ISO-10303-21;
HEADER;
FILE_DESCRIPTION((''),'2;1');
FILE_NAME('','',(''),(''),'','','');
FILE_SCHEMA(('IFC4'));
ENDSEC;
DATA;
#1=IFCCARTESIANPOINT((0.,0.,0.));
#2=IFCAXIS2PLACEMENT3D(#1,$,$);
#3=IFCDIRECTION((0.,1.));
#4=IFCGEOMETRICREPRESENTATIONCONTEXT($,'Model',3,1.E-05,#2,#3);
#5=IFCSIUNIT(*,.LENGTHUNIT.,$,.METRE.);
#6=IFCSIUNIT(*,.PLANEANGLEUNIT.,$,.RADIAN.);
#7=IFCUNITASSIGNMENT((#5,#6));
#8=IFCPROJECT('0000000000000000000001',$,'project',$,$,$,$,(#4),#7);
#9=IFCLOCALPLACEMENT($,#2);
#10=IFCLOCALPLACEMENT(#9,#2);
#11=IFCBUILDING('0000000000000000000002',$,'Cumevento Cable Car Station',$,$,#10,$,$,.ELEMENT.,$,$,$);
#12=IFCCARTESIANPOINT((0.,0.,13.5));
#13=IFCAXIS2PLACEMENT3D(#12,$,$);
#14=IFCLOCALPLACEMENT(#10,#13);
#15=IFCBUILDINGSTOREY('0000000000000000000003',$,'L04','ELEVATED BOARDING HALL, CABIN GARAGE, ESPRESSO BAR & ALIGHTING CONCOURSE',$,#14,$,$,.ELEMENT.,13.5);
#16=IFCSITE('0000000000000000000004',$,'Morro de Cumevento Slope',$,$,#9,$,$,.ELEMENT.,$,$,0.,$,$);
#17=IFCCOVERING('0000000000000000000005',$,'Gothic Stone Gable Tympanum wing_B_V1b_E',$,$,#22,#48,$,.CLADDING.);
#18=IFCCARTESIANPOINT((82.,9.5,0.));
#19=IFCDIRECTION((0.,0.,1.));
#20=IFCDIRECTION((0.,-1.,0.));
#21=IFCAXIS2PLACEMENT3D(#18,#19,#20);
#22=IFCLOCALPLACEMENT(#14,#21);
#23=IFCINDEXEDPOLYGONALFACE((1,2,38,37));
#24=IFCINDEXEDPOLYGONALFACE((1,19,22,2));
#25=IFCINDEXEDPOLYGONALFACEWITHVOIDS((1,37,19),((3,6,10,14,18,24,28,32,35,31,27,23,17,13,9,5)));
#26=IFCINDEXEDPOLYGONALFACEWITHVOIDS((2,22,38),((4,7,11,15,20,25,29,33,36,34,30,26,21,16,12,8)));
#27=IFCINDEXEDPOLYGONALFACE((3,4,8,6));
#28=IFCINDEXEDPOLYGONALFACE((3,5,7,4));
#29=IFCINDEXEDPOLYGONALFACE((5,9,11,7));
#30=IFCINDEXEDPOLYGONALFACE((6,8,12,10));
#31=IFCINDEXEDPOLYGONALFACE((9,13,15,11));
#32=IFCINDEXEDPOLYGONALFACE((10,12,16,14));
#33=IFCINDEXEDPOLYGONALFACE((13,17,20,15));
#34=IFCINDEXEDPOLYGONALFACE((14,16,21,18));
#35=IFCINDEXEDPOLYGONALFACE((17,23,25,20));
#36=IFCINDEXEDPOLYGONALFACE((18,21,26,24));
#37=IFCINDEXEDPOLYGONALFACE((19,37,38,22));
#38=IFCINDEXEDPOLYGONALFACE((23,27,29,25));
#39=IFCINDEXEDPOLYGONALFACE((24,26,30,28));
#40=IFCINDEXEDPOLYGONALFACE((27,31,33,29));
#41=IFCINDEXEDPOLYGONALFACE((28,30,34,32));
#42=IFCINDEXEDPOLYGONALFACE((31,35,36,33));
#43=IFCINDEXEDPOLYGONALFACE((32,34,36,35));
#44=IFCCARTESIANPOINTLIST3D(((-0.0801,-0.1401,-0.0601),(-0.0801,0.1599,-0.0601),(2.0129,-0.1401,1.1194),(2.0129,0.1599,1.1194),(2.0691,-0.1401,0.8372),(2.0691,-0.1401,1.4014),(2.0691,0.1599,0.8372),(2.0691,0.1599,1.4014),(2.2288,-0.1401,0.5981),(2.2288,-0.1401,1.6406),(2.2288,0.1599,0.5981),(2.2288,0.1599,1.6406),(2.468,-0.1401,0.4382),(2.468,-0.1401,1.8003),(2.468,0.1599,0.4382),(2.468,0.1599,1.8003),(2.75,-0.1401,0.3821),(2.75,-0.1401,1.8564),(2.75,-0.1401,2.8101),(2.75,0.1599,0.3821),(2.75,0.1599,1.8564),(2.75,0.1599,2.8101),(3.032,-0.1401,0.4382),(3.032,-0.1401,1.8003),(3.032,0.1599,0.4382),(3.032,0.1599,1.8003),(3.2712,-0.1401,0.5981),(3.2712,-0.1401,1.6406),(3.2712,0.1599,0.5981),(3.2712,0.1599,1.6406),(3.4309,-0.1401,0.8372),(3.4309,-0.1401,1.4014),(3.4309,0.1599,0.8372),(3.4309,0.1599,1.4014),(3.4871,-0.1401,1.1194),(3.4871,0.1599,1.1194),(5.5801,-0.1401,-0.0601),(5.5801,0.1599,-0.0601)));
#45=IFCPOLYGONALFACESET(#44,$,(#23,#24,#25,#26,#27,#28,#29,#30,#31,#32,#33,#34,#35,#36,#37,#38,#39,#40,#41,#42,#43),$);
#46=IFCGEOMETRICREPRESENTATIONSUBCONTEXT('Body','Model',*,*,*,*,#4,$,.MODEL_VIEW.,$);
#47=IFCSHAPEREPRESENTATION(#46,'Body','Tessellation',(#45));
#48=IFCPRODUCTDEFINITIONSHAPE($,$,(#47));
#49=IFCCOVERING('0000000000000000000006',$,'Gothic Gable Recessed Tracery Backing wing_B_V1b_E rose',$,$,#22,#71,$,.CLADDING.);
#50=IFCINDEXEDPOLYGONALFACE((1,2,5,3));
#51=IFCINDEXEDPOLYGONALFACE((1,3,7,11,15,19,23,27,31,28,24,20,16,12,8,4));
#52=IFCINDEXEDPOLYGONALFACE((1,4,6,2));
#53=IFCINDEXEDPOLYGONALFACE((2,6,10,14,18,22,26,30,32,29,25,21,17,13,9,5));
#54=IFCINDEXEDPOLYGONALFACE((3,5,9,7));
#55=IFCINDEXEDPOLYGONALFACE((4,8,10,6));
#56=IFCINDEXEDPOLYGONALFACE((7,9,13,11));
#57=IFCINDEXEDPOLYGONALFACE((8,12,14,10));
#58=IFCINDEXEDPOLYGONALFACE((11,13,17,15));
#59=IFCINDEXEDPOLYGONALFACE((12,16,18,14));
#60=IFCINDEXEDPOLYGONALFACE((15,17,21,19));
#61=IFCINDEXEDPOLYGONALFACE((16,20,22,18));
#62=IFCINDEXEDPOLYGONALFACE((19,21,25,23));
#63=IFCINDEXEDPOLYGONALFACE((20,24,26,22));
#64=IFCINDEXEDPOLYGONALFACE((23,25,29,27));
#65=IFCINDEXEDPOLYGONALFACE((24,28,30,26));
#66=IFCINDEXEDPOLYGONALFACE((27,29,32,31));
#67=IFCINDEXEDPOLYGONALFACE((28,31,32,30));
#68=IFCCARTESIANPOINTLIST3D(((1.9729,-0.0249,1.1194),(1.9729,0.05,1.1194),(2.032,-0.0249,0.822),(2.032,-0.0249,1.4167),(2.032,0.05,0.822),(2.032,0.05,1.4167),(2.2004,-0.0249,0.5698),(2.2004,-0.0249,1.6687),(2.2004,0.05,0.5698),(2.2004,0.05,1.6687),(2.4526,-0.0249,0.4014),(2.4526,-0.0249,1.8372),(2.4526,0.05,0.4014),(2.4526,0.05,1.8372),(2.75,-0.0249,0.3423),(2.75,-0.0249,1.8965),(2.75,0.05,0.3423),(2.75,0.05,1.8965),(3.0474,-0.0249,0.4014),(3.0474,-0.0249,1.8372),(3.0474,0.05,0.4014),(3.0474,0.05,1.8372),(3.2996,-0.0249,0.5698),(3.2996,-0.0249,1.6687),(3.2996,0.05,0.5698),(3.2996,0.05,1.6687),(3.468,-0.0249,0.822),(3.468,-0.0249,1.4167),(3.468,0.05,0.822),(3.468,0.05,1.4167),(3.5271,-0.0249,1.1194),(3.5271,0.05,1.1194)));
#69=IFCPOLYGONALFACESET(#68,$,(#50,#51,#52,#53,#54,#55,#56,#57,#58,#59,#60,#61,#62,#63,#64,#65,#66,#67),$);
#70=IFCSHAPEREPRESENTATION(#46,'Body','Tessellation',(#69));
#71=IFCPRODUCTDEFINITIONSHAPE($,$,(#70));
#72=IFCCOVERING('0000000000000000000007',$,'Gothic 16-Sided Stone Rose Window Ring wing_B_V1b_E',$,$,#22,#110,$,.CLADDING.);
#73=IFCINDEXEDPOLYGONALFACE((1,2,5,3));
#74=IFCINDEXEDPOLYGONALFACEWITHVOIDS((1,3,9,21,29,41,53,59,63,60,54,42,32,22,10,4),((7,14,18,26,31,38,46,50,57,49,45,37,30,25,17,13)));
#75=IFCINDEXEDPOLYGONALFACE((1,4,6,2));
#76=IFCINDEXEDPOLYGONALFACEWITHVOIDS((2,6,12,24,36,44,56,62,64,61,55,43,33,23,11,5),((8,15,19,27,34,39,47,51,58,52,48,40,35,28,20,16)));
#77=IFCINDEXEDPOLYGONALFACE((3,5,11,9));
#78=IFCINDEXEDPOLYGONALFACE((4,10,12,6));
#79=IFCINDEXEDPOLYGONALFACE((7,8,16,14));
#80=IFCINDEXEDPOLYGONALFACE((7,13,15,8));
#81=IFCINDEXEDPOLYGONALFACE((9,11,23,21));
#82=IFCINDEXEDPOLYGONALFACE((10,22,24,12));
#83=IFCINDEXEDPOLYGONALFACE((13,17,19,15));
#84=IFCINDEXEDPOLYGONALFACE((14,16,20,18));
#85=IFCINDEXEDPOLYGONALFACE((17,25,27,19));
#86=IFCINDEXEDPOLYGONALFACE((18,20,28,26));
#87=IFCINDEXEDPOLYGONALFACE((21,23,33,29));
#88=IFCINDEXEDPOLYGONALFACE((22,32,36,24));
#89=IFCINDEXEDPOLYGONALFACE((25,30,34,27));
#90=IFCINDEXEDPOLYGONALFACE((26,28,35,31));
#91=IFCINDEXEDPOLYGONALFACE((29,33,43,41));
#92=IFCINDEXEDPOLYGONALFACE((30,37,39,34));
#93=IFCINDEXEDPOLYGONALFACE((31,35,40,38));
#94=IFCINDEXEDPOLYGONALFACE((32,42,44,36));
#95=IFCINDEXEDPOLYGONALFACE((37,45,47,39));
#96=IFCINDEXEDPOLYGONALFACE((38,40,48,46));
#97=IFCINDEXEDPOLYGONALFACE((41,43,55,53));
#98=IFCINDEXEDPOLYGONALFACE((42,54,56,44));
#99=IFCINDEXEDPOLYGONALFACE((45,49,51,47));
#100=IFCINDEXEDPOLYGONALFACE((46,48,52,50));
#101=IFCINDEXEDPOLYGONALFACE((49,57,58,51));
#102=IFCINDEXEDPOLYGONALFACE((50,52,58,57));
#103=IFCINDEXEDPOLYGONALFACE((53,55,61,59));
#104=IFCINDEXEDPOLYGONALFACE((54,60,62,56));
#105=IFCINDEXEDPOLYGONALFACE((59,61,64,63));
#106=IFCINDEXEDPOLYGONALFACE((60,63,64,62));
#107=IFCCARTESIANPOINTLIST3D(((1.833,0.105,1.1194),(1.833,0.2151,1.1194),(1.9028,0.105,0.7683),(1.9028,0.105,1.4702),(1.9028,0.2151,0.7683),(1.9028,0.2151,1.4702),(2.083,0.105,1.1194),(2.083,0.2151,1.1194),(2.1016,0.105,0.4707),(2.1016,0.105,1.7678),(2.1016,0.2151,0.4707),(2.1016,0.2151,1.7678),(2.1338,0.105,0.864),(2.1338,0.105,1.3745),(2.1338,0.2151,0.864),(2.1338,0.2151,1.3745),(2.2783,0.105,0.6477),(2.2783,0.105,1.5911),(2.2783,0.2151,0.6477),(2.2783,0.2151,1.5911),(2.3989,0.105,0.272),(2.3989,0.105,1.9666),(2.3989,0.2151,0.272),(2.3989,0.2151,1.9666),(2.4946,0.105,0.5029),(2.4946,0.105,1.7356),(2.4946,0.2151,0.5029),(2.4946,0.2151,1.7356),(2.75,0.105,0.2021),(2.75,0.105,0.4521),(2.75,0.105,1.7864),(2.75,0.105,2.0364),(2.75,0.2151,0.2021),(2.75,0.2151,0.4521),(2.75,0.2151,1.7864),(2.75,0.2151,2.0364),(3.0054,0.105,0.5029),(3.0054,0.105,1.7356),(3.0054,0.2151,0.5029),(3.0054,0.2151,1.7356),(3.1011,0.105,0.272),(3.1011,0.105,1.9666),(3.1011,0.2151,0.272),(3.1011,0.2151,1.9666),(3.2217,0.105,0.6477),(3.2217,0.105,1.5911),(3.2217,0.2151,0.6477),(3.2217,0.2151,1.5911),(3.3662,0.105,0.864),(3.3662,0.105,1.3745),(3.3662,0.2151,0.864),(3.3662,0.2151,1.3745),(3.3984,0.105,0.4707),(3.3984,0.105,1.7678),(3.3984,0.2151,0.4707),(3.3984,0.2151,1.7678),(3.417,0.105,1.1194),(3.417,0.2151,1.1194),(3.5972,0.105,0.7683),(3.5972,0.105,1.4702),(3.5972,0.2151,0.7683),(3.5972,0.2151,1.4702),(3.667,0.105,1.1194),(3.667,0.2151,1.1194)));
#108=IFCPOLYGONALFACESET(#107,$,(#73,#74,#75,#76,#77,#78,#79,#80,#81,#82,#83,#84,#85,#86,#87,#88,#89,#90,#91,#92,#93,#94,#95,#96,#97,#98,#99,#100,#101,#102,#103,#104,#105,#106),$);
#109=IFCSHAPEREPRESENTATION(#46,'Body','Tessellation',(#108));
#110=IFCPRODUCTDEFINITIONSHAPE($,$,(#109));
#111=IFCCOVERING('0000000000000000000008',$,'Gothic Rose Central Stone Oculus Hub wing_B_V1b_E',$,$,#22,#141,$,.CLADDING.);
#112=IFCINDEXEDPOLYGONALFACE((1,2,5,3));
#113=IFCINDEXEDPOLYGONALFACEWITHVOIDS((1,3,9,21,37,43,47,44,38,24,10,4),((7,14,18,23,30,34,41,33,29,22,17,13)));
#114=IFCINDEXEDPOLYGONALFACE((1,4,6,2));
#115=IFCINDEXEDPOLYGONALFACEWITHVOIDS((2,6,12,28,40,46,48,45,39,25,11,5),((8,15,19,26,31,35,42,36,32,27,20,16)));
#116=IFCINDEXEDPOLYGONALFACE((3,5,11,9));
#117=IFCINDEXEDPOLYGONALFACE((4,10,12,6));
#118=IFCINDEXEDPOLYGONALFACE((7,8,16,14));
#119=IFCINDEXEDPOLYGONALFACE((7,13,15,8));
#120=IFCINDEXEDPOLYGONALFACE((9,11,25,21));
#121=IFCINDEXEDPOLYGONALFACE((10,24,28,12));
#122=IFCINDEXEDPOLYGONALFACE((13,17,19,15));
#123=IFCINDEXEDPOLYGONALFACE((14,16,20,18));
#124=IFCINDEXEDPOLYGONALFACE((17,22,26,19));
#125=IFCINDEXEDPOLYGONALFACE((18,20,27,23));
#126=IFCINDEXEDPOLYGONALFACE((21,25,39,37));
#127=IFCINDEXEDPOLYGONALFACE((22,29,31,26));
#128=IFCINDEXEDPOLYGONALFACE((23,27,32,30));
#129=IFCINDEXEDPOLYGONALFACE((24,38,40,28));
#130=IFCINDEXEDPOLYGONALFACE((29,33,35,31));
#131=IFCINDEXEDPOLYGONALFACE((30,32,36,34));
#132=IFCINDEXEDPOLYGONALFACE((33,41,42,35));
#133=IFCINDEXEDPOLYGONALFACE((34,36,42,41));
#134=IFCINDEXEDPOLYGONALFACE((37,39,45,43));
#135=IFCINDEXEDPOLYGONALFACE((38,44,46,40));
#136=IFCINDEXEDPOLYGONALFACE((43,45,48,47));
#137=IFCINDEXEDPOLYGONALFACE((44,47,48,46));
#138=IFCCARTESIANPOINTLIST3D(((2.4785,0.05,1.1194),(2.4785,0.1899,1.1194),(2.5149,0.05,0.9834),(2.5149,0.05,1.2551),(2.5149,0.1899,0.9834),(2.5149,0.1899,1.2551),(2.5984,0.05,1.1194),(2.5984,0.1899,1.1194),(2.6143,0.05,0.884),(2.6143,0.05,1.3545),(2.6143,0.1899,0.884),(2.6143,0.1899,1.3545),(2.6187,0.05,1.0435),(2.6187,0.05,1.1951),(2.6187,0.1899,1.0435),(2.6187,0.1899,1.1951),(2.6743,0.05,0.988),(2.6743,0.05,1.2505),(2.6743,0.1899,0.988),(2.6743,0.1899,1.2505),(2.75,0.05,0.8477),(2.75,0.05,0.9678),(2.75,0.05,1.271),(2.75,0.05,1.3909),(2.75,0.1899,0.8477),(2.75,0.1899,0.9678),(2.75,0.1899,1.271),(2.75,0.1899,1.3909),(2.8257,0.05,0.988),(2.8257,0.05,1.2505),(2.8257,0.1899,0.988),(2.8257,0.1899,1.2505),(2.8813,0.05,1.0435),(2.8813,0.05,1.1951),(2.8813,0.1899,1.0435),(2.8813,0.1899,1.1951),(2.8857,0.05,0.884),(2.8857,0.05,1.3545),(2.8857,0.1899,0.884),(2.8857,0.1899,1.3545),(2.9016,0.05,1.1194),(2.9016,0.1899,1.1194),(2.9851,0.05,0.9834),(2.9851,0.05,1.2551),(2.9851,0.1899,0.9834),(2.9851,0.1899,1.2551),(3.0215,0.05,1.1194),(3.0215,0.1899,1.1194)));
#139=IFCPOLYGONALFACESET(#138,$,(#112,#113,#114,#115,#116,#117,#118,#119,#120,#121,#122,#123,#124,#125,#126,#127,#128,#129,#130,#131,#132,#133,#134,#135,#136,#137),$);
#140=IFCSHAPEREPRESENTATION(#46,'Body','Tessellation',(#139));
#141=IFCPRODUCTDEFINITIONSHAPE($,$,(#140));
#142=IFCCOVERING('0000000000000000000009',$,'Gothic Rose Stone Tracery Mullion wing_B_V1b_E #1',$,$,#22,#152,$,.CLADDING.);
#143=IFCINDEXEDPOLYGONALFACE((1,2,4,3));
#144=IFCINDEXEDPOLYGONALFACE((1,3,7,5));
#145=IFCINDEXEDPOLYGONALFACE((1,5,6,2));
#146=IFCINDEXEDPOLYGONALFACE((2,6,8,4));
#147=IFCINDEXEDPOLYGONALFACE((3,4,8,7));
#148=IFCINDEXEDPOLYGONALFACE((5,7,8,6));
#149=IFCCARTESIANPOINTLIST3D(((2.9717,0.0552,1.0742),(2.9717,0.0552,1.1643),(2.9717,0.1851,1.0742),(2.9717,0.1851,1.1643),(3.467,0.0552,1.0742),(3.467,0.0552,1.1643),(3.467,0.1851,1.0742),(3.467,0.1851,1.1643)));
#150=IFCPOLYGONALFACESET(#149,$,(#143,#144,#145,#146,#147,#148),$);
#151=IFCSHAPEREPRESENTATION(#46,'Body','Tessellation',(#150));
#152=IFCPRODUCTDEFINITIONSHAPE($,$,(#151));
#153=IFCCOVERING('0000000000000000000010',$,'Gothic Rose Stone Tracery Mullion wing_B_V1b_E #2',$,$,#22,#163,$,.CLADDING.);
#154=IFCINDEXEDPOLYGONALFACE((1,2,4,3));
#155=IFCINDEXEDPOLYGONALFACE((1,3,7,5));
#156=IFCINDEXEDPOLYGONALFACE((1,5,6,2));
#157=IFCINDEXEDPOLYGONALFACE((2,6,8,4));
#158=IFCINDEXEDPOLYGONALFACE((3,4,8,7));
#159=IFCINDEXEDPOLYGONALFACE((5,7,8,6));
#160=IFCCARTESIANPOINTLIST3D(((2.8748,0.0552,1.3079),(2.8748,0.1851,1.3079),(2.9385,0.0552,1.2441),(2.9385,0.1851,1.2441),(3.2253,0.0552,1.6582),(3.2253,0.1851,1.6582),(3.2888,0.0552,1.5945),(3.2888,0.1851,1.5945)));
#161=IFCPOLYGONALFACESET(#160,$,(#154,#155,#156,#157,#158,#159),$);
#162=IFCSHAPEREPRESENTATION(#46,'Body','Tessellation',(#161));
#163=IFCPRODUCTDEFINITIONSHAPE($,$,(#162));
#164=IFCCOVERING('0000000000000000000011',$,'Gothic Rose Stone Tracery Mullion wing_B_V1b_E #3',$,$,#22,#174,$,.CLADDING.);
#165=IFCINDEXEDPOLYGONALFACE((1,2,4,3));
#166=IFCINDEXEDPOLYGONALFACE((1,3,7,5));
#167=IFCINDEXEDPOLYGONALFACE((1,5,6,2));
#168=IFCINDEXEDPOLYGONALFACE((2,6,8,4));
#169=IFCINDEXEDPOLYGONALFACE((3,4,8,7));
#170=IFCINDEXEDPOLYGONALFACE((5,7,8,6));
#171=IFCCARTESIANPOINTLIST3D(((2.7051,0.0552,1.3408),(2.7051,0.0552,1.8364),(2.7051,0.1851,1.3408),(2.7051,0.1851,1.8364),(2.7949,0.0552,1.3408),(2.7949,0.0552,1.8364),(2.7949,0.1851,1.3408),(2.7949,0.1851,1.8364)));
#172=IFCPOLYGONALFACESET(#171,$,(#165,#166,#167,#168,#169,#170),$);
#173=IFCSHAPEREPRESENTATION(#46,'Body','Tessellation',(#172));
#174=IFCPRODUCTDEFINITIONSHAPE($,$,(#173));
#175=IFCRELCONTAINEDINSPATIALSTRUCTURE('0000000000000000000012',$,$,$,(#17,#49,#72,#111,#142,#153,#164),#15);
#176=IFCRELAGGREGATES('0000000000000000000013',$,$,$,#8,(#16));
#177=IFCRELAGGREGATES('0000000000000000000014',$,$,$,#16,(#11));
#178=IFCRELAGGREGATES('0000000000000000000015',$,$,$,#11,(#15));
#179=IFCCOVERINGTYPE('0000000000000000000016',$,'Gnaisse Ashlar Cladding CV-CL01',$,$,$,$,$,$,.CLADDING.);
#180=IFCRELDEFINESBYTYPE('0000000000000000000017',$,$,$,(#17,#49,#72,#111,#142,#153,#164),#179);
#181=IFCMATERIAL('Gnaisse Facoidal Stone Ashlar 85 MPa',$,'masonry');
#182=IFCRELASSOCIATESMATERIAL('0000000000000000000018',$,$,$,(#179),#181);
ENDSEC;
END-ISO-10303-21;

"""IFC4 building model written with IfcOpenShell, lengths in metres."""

from ifc_helpers import new_model, si_unit, direction, frame, origin, place, context, subcontext, project, spatial, polyline, outline, extrude, material, type_object, element, save


model = new_model("IFC4")

# Units and contexts
model_context = context("Model", 3, precision=1e-05, world=origin(), true_north=direction((0.0, 1.0)))
body_context = subcontext(model_context, "Body", "Model", "MODEL_VIEW")
ifc_project = project(units=[si_unit("LENGTHUNIT", "METRE"), si_unit("PLANEANGLEUNIT", "RADIAN")], contexts=[model_context])

# Site, building, storey
site_placement = place(None, origin())
site = spatial("IfcSite", under=ifc_project, at=site_placement, Name="Morro de Cumevento Slope", CompositionType="ELEMENT", RefElevation=0.0)
building_placement = place(site_placement, origin())
building = spatial("IfcBuilding", under=site, at=building_placement, Name="Cumevento Cable Car Station", CompositionType="ELEMENT")
storey_placement = place(building_placement, frame((0.0, 0.0, 13.5)))
storey = spatial("IfcBuildingStorey", under=building, at=storey_placement, Name="L04", Description="ELEVATED BOARDING HALL, CABIN GARAGE, ESPRESSO BAR & ALIGHTING CONCOURSE", CompositionType="ELEMENT", Elevation=13.5)

# Coverings
ifc_material_1 = material(Name="Gnaisse Facoidal Stone Ashlar 85 MPa", Category="masonry")
covering_type = type_object("IfcCoveringType", Name="Gnaisse Ashlar Cladding CV-CL01", PredefinedType="CLADDING", material=ifc_material_1)
placement = place(storey_placement, frame((82.0, 9.5, 0.0), z_axis=(0.0, 0.0, 1.0), x_axis=(0.0, -1.0, 0.0)))
element("IfcCovering", 1, at=placement, inside=storey, type_object=covering_type, Name="Gothic Stone Gable Tympanum wing_B_V1b_E", PredefinedType="CLADDING", context=body_context, shape_type="SweptSolid", body=[
    extrude(outline(polyline([(-0.0801, -0.0601), (5.5801, -0.0601), (2.75, 2.8101), (-0.0801, -0.0601)]), holes=[polyline([(3.4871, 1.1194), (3.4309, 1.4014), (3.2712, 1.6406), (3.032, 1.8003), (2.75, 1.8564), (2.468, 1.8003), (2.2288, 1.6406), (2.0691, 1.4014), (2.0129, 1.1194), (2.0691, 0.8372), (2.2288, 0.5981), (2.468, 0.4382), (2.75, 0.3821), (3.032, 0.4382), (3.2712, 0.5981), (3.4309, 0.8372), (3.4871, 1.1194)])]), frame((0.0, 0.1599, 0.0), z_axis=(0.0, -1.0, 0.0), x_axis=(1.0, 0.0, 0.0)), (0.0, 0.0, 1.0), 0.3),
])
element("IfcCovering", 2, at=placement, inside=storey, type_object=covering_type, Name="Gothic Gable Recessed Tracery Backing wing_B_V1b_E rose", PredefinedType="CLADDING", context=body_context, shape_type="SweptSolid", body=[
    extrude(outline(polyline([(3.5271, 1.1194), (3.468, 1.4167), (3.2996, 1.6687), (3.0474, 1.8372), (2.75, 1.8965), (2.4526, 1.8372), (2.2004, 1.6687), (2.032, 1.4167), (1.9729, 1.1194), (2.032, 0.822), (2.2004, 0.5698), (2.4526, 0.4014), (2.75, 0.3423), (3.0474, 0.4014), (3.2996, 0.5698), (3.468, 0.822), (3.5271, 1.1194)])), frame((0.0, 0.05, 0.0), z_axis=(0.0, -1.0, 0.0), x_axis=(1.0, 0.0, 0.0)), (0.0, 0.0, 1.0), 0.075),
])
element("IfcCovering", 3, at=placement, inside=storey, type_object=covering_type, Name="Gothic 16-Sided Stone Rose Window Ring wing_B_V1b_E", PredefinedType="CLADDING", context=body_context, shape_type="SweptSolid", body=[
    extrude(outline(polyline([(3.667, 1.1194), (3.5972, 1.4702), (3.3984, 1.7678), (3.1011, 1.9666), (2.75, 2.0364), (2.3989, 1.9666), (2.1016, 1.7678), (1.9028, 1.4702), (1.833, 1.1194), (1.9028, 0.7683), (2.1016, 0.4707), (2.3989, 0.272), (2.75, 0.2021), (3.1011, 0.272), (3.3984, 0.4707), (3.5972, 0.7683), (3.667, 1.1194)]), holes=[polyline([(3.417, 1.1194), (3.3662, 1.3745), (3.2217, 1.5911), (3.0054, 1.7356), (2.75, 1.7864), (2.4946, 1.7356), (2.2783, 1.5911), (2.1338, 1.3745), (2.083, 1.1194), (2.1338, 0.864), (2.2783, 0.6477), (2.4946, 0.5029), (2.75, 0.4521), (3.0054, 0.5029), (3.2217, 0.6477), (3.3662, 0.864), (3.417, 1.1194)])]), frame((0.0, 0.2151, 0.0), z_axis=(0.0, -1.0, 0.0), x_axis=(1.0, 0.0, 0.0)), (0.0, 0.0, 1.0), 0.1101),
])
element("IfcCovering", 4, at=placement, inside=storey, type_object=covering_type, Name="Gothic Rose Central Stone Oculus Hub wing_B_V1b_E", PredefinedType="CLADDING", context=body_context, shape_type="SweptSolid", body=[
    extrude(outline(polyline([(3.0215, 1.1194), (2.9851, 1.2551), (2.8857, 1.3545), (2.75, 1.3909), (2.6143, 1.3545), (2.5149, 1.2551), (2.4785, 1.1194), (2.5149, 0.9834), (2.6143, 0.884), (2.75, 0.8477), (2.8857, 0.884), (2.9851, 0.9834), (3.0215, 1.1194)]), holes=[polyline([(2.9016, 1.1194), (2.8813, 1.1951), (2.8257, 1.2505), (2.75, 1.271), (2.6743, 1.2505), (2.6187, 1.1951), (2.5984, 1.1194), (2.6187, 1.0435), (2.6743, 0.988), (2.75, 0.9678), (2.8257, 0.988), (2.8813, 1.0435), (2.9016, 1.1194)])]), frame((0.0, 0.1899, 0.0), z_axis=(0.0, -1.0, 0.0), x_axis=(1.0, 0.0, 0.0)), (0.0, 0.0, 1.0), 0.1399),
])
element("IfcCovering", 5, at=placement, inside=storey, type_object=covering_type, Name="Gothic Rose Stone Tracery Mullion wing_B_V1b_E #1", PredefinedType="CLADDING", context=body_context, shape_type="SweptSolid", body=[
    extrude(outline(polyline([(2.9717, 1.1643), (3.467, 1.1643), (3.467, 1.0742), (2.9717, 1.0742), (2.9717, 1.1643)])), frame((0.0, 0.1851, 0.0), z_axis=(0.0, -1.0, 0.0), x_axis=(1.0, 0.0, 0.0)), (0.0, 0.0, 1.0), 0.1299),
])
element("IfcCovering", 6, at=placement, inside=storey, type_object=covering_type, Name="Gothic Rose Stone Tracery Mullion wing_B_V1b_E #2", PredefinedType="CLADDING", context=body_context, shape_type="SweptSolid", body=[
    extrude(outline(polyline([(2.8748, 1.3079), (3.2253, 1.6582), (3.2888, 1.5945), (2.9385, 1.2441), (2.8748, 1.3079)])), frame((0.0, 0.1851, 0.0), z_axis=(0.0, -1.0, 0.0), x_axis=(1.0, 0.0, 0.0)), (0.0, 0.0, 1.0), 0.1299),
])
element("IfcCovering", 7, at=placement, inside=storey, type_object=covering_type, Name="Gothic Rose Stone Tracery Mullion wing_B_V1b_E #3", PredefinedType="CLADDING", context=body_context, shape_type="SweptSolid", body=[
    extrude(outline(polyline([(2.7051, 1.3408), (2.7051, 1.8364), (2.7949, 1.8364), (2.7949, 1.3408), (2.7051, 1.3408)])), frame((0.0, 0.1851, 0.0), z_axis=(0.0, -1.0, 0.0), x_axis=(1.0, 0.0, 0.0)), (0.0, 0.0, 1.0), 0.1299),
])

save(model, "model.ifc")
